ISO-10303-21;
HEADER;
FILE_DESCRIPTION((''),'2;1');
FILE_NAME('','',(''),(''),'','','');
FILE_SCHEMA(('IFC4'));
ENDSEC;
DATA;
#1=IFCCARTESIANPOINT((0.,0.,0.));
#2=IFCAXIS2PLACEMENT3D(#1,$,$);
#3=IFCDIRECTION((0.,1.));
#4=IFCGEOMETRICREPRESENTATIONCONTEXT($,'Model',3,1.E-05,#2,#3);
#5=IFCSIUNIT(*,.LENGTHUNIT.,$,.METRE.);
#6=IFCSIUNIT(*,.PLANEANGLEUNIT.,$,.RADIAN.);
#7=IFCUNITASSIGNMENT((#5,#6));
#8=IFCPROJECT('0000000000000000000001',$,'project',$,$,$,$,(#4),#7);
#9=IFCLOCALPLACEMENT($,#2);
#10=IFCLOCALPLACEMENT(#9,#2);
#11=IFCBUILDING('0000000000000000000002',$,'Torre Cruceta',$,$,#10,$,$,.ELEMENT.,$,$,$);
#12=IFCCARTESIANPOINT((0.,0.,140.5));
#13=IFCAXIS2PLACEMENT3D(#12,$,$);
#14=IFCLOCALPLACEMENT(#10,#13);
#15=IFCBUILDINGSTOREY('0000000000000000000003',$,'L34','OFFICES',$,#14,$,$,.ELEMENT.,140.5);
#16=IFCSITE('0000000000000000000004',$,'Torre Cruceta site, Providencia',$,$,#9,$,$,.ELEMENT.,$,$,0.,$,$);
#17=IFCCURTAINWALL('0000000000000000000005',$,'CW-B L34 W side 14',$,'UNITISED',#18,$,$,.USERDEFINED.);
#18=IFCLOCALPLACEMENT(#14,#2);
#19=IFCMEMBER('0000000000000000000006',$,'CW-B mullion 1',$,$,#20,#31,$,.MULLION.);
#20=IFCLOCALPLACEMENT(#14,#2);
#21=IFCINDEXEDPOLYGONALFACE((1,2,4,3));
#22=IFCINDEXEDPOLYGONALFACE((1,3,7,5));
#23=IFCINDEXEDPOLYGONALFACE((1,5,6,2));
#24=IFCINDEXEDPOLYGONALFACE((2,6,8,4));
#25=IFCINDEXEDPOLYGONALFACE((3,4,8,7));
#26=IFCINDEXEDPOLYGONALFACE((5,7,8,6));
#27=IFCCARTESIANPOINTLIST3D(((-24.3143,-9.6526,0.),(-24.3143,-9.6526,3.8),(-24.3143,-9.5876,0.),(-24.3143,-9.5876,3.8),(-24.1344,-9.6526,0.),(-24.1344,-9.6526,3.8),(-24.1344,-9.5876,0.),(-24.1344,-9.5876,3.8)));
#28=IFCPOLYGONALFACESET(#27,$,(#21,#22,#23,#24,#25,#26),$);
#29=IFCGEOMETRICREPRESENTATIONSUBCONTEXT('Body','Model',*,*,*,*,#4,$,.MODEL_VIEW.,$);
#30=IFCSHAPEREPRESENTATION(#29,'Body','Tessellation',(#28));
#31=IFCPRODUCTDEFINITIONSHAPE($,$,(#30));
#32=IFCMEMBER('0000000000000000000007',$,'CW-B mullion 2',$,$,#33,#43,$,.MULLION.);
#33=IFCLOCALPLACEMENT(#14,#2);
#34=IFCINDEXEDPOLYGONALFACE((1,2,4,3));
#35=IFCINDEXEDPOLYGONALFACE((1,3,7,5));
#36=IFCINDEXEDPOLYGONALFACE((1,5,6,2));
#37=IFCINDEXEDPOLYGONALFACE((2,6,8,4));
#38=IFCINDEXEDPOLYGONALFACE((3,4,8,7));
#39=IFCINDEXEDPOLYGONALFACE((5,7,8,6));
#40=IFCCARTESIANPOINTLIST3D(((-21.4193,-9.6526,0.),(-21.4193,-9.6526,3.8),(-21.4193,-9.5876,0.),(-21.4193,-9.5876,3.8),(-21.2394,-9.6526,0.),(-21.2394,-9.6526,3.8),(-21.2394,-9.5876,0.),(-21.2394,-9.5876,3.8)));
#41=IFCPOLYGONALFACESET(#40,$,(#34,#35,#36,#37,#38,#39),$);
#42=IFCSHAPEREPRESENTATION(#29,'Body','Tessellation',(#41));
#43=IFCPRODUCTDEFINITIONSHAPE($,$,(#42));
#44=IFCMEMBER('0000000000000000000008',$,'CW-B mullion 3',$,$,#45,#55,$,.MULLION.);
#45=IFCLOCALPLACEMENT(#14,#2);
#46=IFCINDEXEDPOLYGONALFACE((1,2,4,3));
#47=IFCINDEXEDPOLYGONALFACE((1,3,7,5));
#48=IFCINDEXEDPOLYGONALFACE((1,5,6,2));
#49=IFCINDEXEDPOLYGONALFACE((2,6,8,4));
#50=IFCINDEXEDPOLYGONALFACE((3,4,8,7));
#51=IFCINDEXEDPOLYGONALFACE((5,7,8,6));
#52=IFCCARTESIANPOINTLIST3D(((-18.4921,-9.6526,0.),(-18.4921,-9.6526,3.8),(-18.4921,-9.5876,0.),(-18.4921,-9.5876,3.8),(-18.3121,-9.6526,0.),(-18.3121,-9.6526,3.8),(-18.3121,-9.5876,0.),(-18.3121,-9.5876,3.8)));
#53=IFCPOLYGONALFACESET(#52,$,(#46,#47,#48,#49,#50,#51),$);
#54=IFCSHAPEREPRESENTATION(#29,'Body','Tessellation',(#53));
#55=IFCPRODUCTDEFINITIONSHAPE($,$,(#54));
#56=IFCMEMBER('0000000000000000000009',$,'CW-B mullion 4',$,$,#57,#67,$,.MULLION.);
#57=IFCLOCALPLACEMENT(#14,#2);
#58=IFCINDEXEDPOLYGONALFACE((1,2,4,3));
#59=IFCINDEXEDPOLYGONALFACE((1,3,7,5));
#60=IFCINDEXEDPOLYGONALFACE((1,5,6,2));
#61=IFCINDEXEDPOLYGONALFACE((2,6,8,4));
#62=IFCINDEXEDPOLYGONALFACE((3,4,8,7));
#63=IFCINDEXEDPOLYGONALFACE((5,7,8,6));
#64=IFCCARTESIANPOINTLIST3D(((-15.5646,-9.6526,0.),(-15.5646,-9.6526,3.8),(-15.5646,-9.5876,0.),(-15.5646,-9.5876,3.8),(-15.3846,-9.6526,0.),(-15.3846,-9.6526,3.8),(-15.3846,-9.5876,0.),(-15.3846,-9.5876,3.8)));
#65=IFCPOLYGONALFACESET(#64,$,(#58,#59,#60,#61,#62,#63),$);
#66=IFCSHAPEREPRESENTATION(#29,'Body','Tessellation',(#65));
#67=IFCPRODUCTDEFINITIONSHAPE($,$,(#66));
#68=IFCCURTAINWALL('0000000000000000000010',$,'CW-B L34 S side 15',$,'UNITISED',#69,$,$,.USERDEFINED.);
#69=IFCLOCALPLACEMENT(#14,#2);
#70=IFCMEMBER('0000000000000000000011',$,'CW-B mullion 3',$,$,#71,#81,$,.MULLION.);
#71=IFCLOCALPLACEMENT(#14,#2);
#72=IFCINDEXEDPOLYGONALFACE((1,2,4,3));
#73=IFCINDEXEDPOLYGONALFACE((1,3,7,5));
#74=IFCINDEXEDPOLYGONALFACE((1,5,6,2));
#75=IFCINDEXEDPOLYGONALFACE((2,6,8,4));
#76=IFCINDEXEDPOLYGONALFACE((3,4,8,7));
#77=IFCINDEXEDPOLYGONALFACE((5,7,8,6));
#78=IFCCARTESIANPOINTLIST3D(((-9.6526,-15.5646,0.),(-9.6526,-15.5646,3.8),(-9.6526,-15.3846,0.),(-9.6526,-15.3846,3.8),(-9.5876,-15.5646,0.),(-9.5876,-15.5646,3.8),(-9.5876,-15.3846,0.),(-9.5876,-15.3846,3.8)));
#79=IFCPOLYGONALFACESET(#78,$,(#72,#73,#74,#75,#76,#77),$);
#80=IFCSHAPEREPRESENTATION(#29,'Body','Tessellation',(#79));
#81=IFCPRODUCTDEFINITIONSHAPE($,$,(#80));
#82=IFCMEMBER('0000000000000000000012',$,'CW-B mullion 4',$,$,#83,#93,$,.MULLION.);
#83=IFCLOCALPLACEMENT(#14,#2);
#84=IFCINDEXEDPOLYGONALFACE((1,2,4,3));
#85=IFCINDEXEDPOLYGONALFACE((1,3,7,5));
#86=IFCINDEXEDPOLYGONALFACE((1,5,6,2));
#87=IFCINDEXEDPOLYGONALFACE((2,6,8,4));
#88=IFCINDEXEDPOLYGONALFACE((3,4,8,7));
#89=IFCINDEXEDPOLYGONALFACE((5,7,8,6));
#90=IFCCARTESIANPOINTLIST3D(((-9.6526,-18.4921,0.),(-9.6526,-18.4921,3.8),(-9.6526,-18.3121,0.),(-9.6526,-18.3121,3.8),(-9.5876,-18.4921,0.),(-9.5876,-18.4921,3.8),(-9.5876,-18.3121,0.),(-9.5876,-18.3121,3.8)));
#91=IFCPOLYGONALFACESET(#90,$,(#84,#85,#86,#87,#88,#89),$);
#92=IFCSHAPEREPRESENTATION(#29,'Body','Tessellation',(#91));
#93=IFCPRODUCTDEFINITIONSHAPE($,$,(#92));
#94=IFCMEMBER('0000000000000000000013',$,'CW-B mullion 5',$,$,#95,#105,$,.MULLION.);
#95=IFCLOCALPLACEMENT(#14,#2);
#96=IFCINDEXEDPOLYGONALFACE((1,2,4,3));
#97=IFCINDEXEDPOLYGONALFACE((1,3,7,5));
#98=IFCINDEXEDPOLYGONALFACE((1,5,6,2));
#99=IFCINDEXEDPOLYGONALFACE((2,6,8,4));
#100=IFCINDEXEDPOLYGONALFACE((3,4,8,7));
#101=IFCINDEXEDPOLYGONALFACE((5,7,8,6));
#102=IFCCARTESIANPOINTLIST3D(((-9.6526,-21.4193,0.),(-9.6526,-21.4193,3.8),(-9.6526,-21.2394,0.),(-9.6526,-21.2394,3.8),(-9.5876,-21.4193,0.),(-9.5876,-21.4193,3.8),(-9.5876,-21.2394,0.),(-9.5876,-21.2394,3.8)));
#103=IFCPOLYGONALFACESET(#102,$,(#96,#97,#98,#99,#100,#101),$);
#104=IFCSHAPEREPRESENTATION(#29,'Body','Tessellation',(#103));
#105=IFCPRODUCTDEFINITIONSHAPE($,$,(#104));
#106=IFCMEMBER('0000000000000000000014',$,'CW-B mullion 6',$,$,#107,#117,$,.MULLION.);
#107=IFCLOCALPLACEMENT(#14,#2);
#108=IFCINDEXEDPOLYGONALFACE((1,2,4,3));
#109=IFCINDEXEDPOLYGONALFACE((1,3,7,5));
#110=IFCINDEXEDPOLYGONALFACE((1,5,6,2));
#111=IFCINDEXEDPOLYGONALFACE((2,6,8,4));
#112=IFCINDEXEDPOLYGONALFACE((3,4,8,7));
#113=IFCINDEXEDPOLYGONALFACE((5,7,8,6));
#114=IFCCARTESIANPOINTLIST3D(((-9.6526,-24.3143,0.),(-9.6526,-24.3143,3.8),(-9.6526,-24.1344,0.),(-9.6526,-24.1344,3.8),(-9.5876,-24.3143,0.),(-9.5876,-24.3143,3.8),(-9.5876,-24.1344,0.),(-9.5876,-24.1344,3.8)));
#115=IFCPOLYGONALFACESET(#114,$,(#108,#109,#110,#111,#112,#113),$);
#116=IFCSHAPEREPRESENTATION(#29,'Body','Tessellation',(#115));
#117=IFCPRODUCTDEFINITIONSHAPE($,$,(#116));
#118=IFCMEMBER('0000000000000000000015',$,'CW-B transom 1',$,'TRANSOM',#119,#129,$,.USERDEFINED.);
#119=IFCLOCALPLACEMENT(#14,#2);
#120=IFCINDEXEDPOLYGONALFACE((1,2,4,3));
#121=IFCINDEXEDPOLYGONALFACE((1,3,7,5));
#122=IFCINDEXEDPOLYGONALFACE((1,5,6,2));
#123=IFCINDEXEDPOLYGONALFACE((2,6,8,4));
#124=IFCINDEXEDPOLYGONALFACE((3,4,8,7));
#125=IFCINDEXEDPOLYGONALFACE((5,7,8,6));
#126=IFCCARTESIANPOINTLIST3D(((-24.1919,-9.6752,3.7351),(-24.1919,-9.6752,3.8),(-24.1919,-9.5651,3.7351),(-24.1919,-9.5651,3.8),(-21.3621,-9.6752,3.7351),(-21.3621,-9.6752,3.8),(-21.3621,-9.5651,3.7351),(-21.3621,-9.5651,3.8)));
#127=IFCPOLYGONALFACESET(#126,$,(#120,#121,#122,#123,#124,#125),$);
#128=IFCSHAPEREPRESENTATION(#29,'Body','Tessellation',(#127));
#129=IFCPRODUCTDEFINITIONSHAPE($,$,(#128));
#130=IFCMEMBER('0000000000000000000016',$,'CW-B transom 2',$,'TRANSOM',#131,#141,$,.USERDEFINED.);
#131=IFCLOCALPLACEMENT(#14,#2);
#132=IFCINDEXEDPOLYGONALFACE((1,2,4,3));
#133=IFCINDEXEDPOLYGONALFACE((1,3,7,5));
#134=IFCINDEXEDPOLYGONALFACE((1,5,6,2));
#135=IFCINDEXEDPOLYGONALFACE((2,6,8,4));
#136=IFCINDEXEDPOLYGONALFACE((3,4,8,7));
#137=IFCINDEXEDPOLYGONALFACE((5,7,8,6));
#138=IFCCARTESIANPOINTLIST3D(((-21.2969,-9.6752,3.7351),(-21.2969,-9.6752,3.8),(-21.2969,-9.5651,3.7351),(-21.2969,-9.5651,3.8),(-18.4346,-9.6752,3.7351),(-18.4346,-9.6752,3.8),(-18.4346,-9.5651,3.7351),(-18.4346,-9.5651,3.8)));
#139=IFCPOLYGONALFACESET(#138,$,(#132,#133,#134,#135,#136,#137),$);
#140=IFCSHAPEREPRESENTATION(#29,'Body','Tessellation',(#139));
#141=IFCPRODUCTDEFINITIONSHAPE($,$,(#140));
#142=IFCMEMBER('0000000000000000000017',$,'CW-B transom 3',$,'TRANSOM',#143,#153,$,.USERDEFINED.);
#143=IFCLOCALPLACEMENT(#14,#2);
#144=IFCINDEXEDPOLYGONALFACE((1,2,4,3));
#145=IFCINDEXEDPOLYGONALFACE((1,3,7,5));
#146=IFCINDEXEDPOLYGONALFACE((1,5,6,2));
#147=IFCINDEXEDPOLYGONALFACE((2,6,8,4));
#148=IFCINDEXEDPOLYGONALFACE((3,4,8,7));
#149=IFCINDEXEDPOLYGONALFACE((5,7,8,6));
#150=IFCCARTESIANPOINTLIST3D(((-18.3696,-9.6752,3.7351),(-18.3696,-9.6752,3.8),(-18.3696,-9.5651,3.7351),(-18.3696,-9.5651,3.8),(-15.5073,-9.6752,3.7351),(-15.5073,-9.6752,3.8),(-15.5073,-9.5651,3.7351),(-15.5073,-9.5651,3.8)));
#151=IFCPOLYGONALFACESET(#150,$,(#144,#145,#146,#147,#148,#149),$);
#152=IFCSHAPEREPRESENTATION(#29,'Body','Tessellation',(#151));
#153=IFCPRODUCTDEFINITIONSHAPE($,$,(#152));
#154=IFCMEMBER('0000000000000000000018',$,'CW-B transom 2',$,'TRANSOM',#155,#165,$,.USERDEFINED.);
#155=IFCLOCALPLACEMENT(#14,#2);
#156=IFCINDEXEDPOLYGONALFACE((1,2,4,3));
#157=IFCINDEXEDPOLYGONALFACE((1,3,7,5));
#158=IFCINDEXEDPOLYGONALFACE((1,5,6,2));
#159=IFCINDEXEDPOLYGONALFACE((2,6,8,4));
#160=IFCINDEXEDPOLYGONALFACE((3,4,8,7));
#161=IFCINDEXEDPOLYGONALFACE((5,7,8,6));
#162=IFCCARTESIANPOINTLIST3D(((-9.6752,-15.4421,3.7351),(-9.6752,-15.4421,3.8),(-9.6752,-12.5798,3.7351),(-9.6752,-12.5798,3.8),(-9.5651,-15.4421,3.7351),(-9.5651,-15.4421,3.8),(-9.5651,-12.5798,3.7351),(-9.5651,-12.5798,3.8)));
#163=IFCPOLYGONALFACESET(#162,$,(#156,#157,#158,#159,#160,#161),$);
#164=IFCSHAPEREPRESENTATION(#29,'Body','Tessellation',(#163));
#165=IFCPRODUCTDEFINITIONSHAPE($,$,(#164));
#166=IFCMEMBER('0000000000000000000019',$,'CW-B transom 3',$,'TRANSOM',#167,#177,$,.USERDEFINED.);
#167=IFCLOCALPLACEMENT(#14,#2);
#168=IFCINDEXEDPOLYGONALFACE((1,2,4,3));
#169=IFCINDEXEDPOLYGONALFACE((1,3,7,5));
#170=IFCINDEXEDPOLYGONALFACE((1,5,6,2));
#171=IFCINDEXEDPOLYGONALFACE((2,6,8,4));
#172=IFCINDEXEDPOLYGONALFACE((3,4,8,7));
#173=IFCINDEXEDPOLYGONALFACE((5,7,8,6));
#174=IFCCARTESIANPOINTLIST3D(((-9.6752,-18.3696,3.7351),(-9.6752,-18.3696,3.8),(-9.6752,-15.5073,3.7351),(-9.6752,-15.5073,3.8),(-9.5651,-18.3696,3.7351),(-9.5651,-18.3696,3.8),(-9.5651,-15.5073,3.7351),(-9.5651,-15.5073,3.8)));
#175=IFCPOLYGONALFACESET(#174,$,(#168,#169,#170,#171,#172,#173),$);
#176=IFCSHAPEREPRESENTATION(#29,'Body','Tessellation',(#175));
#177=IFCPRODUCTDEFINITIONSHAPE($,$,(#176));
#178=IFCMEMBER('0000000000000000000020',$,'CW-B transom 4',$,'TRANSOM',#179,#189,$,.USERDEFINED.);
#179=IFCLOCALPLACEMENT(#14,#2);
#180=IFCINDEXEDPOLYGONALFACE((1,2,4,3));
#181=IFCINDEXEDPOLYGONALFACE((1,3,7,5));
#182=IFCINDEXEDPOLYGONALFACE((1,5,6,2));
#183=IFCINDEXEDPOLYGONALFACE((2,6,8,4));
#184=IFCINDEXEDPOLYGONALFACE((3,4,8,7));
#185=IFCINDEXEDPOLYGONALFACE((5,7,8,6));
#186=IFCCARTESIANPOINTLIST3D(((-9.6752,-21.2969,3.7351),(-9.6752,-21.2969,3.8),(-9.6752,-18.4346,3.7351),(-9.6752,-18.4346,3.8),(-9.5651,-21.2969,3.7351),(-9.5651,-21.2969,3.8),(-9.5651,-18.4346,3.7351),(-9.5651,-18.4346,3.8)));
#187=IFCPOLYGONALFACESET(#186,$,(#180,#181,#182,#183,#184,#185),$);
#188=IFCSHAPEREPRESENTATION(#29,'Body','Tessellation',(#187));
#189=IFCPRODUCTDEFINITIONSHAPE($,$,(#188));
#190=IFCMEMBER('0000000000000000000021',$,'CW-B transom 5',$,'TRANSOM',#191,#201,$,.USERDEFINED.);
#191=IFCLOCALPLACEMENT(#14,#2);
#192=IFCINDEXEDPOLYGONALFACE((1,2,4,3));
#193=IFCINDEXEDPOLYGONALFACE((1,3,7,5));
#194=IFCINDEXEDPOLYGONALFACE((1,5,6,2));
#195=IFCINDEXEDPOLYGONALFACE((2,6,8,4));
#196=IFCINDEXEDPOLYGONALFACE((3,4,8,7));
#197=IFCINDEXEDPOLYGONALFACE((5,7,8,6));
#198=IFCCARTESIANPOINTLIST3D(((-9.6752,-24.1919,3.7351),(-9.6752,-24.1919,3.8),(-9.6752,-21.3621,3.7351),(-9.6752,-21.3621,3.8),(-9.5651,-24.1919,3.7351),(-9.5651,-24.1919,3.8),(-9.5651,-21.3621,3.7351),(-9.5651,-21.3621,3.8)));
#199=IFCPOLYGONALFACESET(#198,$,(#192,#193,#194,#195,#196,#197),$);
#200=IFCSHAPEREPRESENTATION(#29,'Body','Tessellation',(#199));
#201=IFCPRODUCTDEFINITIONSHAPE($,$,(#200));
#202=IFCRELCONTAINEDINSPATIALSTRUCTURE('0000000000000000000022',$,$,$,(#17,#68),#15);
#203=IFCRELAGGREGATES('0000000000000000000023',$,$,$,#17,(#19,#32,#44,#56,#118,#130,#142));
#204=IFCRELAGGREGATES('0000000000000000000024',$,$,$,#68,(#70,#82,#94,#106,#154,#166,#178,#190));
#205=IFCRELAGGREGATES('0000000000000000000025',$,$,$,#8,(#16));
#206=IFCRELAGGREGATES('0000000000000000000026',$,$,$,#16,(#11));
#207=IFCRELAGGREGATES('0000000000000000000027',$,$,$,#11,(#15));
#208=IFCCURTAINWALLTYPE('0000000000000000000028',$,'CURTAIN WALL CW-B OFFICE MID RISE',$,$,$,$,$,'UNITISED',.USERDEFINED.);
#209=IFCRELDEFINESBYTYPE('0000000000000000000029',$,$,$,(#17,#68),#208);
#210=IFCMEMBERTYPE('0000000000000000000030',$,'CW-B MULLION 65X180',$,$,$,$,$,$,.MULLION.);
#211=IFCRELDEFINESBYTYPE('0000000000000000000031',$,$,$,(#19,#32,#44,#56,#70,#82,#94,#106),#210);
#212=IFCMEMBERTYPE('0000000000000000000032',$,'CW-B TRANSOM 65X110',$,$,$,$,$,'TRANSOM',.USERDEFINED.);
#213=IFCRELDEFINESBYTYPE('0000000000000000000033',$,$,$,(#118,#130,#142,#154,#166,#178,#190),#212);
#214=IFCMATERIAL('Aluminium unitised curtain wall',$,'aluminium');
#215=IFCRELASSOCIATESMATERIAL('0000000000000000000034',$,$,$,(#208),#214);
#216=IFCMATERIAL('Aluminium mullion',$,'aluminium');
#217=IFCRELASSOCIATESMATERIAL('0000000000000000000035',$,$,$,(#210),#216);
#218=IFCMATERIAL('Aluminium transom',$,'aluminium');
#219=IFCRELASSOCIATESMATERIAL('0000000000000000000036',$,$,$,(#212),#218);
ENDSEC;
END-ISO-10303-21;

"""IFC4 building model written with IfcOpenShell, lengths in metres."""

from ifc_helpers import new_model, si_unit, direction, frame, origin, origin_2d, place, context, subcontext, project, spatial, rectangle, extrude, material, material_profile, profile_set, type_object, element, aggregate, save


model = new_model("IFC4")

# Units and contexts
model_context = context("Model", 3, precision=1e-05, world=origin(), true_north=direction((0.0, 1.0)))
body_context = subcontext(model_context, "Body", "Model", "MODEL_VIEW")
ifc_project = project(units=[si_unit("LENGTHUNIT", "METRE"), si_unit("PLANEANGLEUNIT", "RADIAN")], contexts=[model_context])

# Site, building, storey
site_placement = place(None, origin())
site = spatial("IfcSite", under=ifc_project, at=site_placement, Name="Torre Cruceta site, Providencia", CompositionType="ELEMENT", RefElevation=0.0)
building_placement = place(site_placement, origin())
building = spatial("IfcBuilding", under=site, at=building_placement, Name="Torre Cruceta", CompositionType="ELEMENT")
storey_placement = place(building_placement, frame((0.0, 0.0, 140.5)))
storey = spatial("IfcBuildingStorey", under=building, at=storey_placement, Name="L34", Description="OFFICES", CompositionType="ELEMENT", Elevation=140.5)

# Curtain walls, members
ifc_material_1 = material(Name="Aluminium unitised curtain wall", Category="aluminium")
curtain_wall_type = type_object("IfcCurtainWallType", Name="CURTAIN WALL CW-B OFFICE MID RISE", ElementType="UNITISED", PredefinedType="USERDEFINED", material=ifc_material_1)
curtain_wall_1_placement = place(storey_placement, origin())
curtain_wall_1 = element("IfcCurtainWall", 1, at=curtain_wall_1_placement, inside=storey, type_object=curtain_wall_type, Name="CW-B L34 W side 14", ObjectType="UNITISED", PredefinedType="USERDEFINED")
ifc_material_2 = material(Name="Aluminium mullion", Category="aluminium")
ifc_material_profile_1 = material_profile(ifc_material_2, rectangle(XDim=0.0649, YDim=0.1799, at=origin_2d()), Name="AL 65X180")
ifc_profile_set_1 = profile_set([ifc_material_profile_1], Name="Aluminium mullion")
member_type_1 = type_object("IfcMemberType", Name="CW-B MULLION 65X180", PredefinedType="MULLION", material=ifc_profile_set_1)
member_1_placement = place(storey_placement, frame((-24.2244, -9.6201, 0.0), z_axis=(0.0, 0.0, 1.0), x_axis=(0.0, 1.0, 0.0)))
member_1 = element("IfcMember", 2, at=member_1_placement, type_object=member_type_1, Name="CW-B mullion 1", PredefinedType="MULLION", context=body_context, shape_type="SweptSolid", body=[
    extrude(rectangle(XDim=0.0649, YDim=0.1799, at=origin_2d()), origin(), (0.0, 0.0, 1.0), 3.8),
])
member_2_placement = place(storey_placement, frame((-21.3293, -9.6201, 0.0), z_axis=(0.0, 0.0, 1.0), x_axis=(0.0, 1.0, 0.0)))
member_2 = element("IfcMember", 3, at=member_2_placement, type_object=member_type_1, Name="CW-B mullion 2", PredefinedType="MULLION", context=body_context, shape_type="SweptSolid", body=[
    extrude(rectangle(XDim=0.0649, YDim=0.1799, at=origin_2d()), origin(), (0.0, 0.0, 1.0), 3.8),
])
member_3_placement = place(storey_placement, frame((-18.4021, -9.6201, 0.0), z_axis=(0.0, 0.0, 1.0), x_axis=(0.0, 1.0, 0.0)))
member_3 = element("IfcMember", 4, at=member_3_placement, type_object=member_type_1, Name="CW-B mullion 3", PredefinedType="MULLION", context=body_context, shape_type="SweptSolid", body=[
    extrude(rectangle(XDim=0.0649, YDim=0.1799, at=origin_2d()), origin(), (0.0, 0.0, 1.0), 3.8),
])
member_4_placement = place(storey_placement, frame((-15.4746, -9.6201, 0.0), z_axis=(0.0, 0.0, 1.0), x_axis=(0.0, 1.0, 0.0)))
member_4 = element("IfcMember", 5, at=member_4_placement, type_object=member_type_1, Name="CW-B mullion 4", PredefinedType="MULLION", context=body_context, shape_type="SweptSolid", body=[
    extrude(rectangle(XDim=0.0649, YDim=0.1799, at=origin_2d()), origin(), (0.0, 0.0, 1.0), 3.8),
])
curtain_wall_2_placement = place(storey_placement, origin())
curtain_wall_2 = element("IfcCurtainWall", 6, at=curtain_wall_2_placement, inside=storey, type_object=curtain_wall_type, Name="CW-B L34 S side 15", ObjectType="UNITISED", PredefinedType="USERDEFINED")
member_5_placement = place(storey_placement, frame((-9.6201, -15.4746, 0.0), z_axis=(0.0, 0.0, 1.0), x_axis=(1.0, 0.0, 0.0)))
member_5 = element("IfcMember", 7, at=member_5_placement, type_object=member_type_1, Name="CW-B mullion 3", PredefinedType="MULLION", context=body_context, shape_type="SweptSolid", body=[
    extrude(rectangle(XDim=0.0649, YDim=0.1799, at=origin_2d()), origin(), (0.0, 0.0, 1.0), 3.8),
])
member_6_placement = place(storey_placement, frame((-9.6201, -18.4021, 0.0), z_axis=(0.0, 0.0, 1.0), x_axis=(1.0, 0.0, 0.0)))
member_6 = element("IfcMember", 8, at=member_6_placement, type_object=member_type_1, Name="CW-B mullion 4", PredefinedType="MULLION", context=body_context, shape_type="SweptSolid", body=[
    extrude(rectangle(XDim=0.0649, YDim=0.1799, at=origin_2d()), origin(), (0.0, 0.0, 1.0), 3.8),
])
member_7_placement = place(storey_placement, frame((-9.6201, -21.3293, 0.0), z_axis=(0.0, 0.0, 1.0), x_axis=(1.0, 0.0, 0.0)))
member_7 = element("IfcMember", 9, at=member_7_placement, type_object=member_type_1, Name="CW-B mullion 5", PredefinedType="MULLION", context=body_context, shape_type="SweptSolid", body=[
    extrude(rectangle(XDim=0.0649, YDim=0.1799, at=origin_2d()), origin(), (0.0, 0.0, 1.0), 3.8),
])
member_8_placement = place(storey_placement, frame((-9.6201, -24.2244, 0.0), z_axis=(0.0, 0.0, 1.0), x_axis=(1.0, 0.0, 0.0)))
member_8 = element("IfcMember", 10, at=member_8_placement, type_object=member_type_1, Name="CW-B mullion 6", PredefinedType="MULLION", context=body_context, shape_type="SweptSolid", body=[
    extrude(rectangle(XDim=0.0649, YDim=0.1799, at=origin_2d()), origin(), (0.0, 0.0, 1.0), 3.8),
])

# Members
ifc_material_3 = material(Name="Aluminium transom", Category="aluminium")
ifc_material_profile_2 = material_profile(ifc_material_3, rectangle(XDim=0.1101, YDim=0.0649, at=origin_2d()), Name="AL 110X65")
ifc_profile_set_2 = profile_set([ifc_material_profile_2], Name="Aluminium transom")
member_type_2 = type_object("IfcMemberType", Name="CW-B TRANSOM 65X110", ElementType="TRANSOM", PredefinedType="USERDEFINED", material=ifc_profile_set_2)
member_9_placement = place(storey_placement, frame((-24.1919, -9.6201, 3.7676), z_axis=(1.0, 0.0, 0.0), x_axis=(0.0, 1.0, 0.0)))
member_9 = element("IfcMember", 11, at=member_9_placement, type_object=member_type_2, Name="CW-B transom 1", ObjectType="TRANSOM", PredefinedType="USERDEFINED", context=body_context, shape_type="SweptSolid", body=[
    extrude(rectangle(XDim=0.1101, YDim=0.0649, at=origin_2d()), origin(), (0.0, 0.0, 1.0), 2.8298),
])
member_10_placement = place(storey_placement, frame((-21.2969, -9.6201, 3.7676), z_axis=(1.0, 0.0, 0.0), x_axis=(0.0, 1.0, 0.0)))
member_10 = element("IfcMember", 12, at=member_10_placement, type_object=member_type_2, Name="CW-B transom 2", ObjectType="TRANSOM", PredefinedType="USERDEFINED", context=body_context, shape_type="SweptSolid", body=[
    extrude(rectangle(XDim=0.1101, YDim=0.0649, at=origin_2d()), origin(), (0.0, 0.0, 1.0), 2.8623),
])
member_11_placement = place(storey_placement, frame((-18.3696, -9.6201, 3.7676), z_axis=(1.0, 0.0, 0.0), x_axis=(0.0, 1.0, 0.0)))
member_11 = element("IfcMember", 13, at=member_11_placement, type_object=member_type_2, Name="CW-B transom 3", ObjectType="TRANSOM", PredefinedType="USERDEFINED", context=body_context, shape_type="SweptSolid", body=[
    extrude(rectangle(XDim=0.1101, YDim=0.0649, at=origin_2d()), origin(), (0.0, 0.0, 1.0), 2.8623),
])
member_12_placement = place(storey_placement, frame((-9.6201, -12.5798, 3.7676), z_axis=(0.0, -1.0, 0.0), x_axis=(1.0, 0.0, 0.0)))
member_12 = element("IfcMember", 14, at=member_12_placement, type_object=member_type_2, Name="CW-B transom 2", ObjectType="TRANSOM", PredefinedType="USERDEFINED", context=body_context, shape_type="SweptSolid", body=[
    extrude(rectangle(XDim=0.1101, YDim=0.0649, at=origin_2d()), origin(), (0.0, 0.0, 1.0), 2.8623),
])
member_13_placement = place(storey_placement, frame((-9.6201, -15.5073, 3.7676), z_axis=(0.0, -1.0, 0.0), x_axis=(1.0, 0.0, 0.0)))
member_13 = element("IfcMember", 15, at=member_13_placement, type_object=member_type_2, Name="CW-B transom 3", ObjectType="TRANSOM", PredefinedType="USERDEFINED", context=body_context, shape_type="SweptSolid", body=[
    extrude(rectangle(XDim=0.1101, YDim=0.0649, at=origin_2d()), origin(), (0.0, 0.0, 1.0), 2.8623),
])
member_14_placement = place(storey_placement, frame((-9.6201, -18.4346, 3.7676), z_axis=(0.0, -1.0, 0.0), x_axis=(1.0, 0.0, 0.0)))
member_14 = element("IfcMember", 16, at=member_14_placement, type_object=member_type_2, Name="CW-B transom 4", ObjectType="TRANSOM", PredefinedType="USERDEFINED", context=body_context, shape_type="SweptSolid", body=[
    extrude(rectangle(XDim=0.1101, YDim=0.0649, at=origin_2d()), origin(), (0.0, 0.0, 1.0), 2.8623),
])
member_15_placement = place(storey_placement, frame((-9.6201, -21.3621, 3.7676), z_axis=(0.0, -1.0, 0.0), x_axis=(1.0, 0.0, 0.0)))
member_15 = element("IfcMember", 17, at=member_15_placement, type_object=member_type_2, Name="CW-B transom 5", ObjectType="TRANSOM", PredefinedType="USERDEFINED", context=body_context, shape_type="SweptSolid", body=[
    extrude(rectangle(XDim=0.1101, YDim=0.0649, at=origin_2d()), origin(), (0.0, 0.0, 1.0), 2.8298),
])

aggregate(curtain_wall_1, [member_1, member_2, member_3, member_4, member_9, member_10, member_11])
aggregate(curtain_wall_2, [member_5, member_6, member_7, member_8, member_12, member_13, member_14, member_15])

save(model, "model.ifc")
